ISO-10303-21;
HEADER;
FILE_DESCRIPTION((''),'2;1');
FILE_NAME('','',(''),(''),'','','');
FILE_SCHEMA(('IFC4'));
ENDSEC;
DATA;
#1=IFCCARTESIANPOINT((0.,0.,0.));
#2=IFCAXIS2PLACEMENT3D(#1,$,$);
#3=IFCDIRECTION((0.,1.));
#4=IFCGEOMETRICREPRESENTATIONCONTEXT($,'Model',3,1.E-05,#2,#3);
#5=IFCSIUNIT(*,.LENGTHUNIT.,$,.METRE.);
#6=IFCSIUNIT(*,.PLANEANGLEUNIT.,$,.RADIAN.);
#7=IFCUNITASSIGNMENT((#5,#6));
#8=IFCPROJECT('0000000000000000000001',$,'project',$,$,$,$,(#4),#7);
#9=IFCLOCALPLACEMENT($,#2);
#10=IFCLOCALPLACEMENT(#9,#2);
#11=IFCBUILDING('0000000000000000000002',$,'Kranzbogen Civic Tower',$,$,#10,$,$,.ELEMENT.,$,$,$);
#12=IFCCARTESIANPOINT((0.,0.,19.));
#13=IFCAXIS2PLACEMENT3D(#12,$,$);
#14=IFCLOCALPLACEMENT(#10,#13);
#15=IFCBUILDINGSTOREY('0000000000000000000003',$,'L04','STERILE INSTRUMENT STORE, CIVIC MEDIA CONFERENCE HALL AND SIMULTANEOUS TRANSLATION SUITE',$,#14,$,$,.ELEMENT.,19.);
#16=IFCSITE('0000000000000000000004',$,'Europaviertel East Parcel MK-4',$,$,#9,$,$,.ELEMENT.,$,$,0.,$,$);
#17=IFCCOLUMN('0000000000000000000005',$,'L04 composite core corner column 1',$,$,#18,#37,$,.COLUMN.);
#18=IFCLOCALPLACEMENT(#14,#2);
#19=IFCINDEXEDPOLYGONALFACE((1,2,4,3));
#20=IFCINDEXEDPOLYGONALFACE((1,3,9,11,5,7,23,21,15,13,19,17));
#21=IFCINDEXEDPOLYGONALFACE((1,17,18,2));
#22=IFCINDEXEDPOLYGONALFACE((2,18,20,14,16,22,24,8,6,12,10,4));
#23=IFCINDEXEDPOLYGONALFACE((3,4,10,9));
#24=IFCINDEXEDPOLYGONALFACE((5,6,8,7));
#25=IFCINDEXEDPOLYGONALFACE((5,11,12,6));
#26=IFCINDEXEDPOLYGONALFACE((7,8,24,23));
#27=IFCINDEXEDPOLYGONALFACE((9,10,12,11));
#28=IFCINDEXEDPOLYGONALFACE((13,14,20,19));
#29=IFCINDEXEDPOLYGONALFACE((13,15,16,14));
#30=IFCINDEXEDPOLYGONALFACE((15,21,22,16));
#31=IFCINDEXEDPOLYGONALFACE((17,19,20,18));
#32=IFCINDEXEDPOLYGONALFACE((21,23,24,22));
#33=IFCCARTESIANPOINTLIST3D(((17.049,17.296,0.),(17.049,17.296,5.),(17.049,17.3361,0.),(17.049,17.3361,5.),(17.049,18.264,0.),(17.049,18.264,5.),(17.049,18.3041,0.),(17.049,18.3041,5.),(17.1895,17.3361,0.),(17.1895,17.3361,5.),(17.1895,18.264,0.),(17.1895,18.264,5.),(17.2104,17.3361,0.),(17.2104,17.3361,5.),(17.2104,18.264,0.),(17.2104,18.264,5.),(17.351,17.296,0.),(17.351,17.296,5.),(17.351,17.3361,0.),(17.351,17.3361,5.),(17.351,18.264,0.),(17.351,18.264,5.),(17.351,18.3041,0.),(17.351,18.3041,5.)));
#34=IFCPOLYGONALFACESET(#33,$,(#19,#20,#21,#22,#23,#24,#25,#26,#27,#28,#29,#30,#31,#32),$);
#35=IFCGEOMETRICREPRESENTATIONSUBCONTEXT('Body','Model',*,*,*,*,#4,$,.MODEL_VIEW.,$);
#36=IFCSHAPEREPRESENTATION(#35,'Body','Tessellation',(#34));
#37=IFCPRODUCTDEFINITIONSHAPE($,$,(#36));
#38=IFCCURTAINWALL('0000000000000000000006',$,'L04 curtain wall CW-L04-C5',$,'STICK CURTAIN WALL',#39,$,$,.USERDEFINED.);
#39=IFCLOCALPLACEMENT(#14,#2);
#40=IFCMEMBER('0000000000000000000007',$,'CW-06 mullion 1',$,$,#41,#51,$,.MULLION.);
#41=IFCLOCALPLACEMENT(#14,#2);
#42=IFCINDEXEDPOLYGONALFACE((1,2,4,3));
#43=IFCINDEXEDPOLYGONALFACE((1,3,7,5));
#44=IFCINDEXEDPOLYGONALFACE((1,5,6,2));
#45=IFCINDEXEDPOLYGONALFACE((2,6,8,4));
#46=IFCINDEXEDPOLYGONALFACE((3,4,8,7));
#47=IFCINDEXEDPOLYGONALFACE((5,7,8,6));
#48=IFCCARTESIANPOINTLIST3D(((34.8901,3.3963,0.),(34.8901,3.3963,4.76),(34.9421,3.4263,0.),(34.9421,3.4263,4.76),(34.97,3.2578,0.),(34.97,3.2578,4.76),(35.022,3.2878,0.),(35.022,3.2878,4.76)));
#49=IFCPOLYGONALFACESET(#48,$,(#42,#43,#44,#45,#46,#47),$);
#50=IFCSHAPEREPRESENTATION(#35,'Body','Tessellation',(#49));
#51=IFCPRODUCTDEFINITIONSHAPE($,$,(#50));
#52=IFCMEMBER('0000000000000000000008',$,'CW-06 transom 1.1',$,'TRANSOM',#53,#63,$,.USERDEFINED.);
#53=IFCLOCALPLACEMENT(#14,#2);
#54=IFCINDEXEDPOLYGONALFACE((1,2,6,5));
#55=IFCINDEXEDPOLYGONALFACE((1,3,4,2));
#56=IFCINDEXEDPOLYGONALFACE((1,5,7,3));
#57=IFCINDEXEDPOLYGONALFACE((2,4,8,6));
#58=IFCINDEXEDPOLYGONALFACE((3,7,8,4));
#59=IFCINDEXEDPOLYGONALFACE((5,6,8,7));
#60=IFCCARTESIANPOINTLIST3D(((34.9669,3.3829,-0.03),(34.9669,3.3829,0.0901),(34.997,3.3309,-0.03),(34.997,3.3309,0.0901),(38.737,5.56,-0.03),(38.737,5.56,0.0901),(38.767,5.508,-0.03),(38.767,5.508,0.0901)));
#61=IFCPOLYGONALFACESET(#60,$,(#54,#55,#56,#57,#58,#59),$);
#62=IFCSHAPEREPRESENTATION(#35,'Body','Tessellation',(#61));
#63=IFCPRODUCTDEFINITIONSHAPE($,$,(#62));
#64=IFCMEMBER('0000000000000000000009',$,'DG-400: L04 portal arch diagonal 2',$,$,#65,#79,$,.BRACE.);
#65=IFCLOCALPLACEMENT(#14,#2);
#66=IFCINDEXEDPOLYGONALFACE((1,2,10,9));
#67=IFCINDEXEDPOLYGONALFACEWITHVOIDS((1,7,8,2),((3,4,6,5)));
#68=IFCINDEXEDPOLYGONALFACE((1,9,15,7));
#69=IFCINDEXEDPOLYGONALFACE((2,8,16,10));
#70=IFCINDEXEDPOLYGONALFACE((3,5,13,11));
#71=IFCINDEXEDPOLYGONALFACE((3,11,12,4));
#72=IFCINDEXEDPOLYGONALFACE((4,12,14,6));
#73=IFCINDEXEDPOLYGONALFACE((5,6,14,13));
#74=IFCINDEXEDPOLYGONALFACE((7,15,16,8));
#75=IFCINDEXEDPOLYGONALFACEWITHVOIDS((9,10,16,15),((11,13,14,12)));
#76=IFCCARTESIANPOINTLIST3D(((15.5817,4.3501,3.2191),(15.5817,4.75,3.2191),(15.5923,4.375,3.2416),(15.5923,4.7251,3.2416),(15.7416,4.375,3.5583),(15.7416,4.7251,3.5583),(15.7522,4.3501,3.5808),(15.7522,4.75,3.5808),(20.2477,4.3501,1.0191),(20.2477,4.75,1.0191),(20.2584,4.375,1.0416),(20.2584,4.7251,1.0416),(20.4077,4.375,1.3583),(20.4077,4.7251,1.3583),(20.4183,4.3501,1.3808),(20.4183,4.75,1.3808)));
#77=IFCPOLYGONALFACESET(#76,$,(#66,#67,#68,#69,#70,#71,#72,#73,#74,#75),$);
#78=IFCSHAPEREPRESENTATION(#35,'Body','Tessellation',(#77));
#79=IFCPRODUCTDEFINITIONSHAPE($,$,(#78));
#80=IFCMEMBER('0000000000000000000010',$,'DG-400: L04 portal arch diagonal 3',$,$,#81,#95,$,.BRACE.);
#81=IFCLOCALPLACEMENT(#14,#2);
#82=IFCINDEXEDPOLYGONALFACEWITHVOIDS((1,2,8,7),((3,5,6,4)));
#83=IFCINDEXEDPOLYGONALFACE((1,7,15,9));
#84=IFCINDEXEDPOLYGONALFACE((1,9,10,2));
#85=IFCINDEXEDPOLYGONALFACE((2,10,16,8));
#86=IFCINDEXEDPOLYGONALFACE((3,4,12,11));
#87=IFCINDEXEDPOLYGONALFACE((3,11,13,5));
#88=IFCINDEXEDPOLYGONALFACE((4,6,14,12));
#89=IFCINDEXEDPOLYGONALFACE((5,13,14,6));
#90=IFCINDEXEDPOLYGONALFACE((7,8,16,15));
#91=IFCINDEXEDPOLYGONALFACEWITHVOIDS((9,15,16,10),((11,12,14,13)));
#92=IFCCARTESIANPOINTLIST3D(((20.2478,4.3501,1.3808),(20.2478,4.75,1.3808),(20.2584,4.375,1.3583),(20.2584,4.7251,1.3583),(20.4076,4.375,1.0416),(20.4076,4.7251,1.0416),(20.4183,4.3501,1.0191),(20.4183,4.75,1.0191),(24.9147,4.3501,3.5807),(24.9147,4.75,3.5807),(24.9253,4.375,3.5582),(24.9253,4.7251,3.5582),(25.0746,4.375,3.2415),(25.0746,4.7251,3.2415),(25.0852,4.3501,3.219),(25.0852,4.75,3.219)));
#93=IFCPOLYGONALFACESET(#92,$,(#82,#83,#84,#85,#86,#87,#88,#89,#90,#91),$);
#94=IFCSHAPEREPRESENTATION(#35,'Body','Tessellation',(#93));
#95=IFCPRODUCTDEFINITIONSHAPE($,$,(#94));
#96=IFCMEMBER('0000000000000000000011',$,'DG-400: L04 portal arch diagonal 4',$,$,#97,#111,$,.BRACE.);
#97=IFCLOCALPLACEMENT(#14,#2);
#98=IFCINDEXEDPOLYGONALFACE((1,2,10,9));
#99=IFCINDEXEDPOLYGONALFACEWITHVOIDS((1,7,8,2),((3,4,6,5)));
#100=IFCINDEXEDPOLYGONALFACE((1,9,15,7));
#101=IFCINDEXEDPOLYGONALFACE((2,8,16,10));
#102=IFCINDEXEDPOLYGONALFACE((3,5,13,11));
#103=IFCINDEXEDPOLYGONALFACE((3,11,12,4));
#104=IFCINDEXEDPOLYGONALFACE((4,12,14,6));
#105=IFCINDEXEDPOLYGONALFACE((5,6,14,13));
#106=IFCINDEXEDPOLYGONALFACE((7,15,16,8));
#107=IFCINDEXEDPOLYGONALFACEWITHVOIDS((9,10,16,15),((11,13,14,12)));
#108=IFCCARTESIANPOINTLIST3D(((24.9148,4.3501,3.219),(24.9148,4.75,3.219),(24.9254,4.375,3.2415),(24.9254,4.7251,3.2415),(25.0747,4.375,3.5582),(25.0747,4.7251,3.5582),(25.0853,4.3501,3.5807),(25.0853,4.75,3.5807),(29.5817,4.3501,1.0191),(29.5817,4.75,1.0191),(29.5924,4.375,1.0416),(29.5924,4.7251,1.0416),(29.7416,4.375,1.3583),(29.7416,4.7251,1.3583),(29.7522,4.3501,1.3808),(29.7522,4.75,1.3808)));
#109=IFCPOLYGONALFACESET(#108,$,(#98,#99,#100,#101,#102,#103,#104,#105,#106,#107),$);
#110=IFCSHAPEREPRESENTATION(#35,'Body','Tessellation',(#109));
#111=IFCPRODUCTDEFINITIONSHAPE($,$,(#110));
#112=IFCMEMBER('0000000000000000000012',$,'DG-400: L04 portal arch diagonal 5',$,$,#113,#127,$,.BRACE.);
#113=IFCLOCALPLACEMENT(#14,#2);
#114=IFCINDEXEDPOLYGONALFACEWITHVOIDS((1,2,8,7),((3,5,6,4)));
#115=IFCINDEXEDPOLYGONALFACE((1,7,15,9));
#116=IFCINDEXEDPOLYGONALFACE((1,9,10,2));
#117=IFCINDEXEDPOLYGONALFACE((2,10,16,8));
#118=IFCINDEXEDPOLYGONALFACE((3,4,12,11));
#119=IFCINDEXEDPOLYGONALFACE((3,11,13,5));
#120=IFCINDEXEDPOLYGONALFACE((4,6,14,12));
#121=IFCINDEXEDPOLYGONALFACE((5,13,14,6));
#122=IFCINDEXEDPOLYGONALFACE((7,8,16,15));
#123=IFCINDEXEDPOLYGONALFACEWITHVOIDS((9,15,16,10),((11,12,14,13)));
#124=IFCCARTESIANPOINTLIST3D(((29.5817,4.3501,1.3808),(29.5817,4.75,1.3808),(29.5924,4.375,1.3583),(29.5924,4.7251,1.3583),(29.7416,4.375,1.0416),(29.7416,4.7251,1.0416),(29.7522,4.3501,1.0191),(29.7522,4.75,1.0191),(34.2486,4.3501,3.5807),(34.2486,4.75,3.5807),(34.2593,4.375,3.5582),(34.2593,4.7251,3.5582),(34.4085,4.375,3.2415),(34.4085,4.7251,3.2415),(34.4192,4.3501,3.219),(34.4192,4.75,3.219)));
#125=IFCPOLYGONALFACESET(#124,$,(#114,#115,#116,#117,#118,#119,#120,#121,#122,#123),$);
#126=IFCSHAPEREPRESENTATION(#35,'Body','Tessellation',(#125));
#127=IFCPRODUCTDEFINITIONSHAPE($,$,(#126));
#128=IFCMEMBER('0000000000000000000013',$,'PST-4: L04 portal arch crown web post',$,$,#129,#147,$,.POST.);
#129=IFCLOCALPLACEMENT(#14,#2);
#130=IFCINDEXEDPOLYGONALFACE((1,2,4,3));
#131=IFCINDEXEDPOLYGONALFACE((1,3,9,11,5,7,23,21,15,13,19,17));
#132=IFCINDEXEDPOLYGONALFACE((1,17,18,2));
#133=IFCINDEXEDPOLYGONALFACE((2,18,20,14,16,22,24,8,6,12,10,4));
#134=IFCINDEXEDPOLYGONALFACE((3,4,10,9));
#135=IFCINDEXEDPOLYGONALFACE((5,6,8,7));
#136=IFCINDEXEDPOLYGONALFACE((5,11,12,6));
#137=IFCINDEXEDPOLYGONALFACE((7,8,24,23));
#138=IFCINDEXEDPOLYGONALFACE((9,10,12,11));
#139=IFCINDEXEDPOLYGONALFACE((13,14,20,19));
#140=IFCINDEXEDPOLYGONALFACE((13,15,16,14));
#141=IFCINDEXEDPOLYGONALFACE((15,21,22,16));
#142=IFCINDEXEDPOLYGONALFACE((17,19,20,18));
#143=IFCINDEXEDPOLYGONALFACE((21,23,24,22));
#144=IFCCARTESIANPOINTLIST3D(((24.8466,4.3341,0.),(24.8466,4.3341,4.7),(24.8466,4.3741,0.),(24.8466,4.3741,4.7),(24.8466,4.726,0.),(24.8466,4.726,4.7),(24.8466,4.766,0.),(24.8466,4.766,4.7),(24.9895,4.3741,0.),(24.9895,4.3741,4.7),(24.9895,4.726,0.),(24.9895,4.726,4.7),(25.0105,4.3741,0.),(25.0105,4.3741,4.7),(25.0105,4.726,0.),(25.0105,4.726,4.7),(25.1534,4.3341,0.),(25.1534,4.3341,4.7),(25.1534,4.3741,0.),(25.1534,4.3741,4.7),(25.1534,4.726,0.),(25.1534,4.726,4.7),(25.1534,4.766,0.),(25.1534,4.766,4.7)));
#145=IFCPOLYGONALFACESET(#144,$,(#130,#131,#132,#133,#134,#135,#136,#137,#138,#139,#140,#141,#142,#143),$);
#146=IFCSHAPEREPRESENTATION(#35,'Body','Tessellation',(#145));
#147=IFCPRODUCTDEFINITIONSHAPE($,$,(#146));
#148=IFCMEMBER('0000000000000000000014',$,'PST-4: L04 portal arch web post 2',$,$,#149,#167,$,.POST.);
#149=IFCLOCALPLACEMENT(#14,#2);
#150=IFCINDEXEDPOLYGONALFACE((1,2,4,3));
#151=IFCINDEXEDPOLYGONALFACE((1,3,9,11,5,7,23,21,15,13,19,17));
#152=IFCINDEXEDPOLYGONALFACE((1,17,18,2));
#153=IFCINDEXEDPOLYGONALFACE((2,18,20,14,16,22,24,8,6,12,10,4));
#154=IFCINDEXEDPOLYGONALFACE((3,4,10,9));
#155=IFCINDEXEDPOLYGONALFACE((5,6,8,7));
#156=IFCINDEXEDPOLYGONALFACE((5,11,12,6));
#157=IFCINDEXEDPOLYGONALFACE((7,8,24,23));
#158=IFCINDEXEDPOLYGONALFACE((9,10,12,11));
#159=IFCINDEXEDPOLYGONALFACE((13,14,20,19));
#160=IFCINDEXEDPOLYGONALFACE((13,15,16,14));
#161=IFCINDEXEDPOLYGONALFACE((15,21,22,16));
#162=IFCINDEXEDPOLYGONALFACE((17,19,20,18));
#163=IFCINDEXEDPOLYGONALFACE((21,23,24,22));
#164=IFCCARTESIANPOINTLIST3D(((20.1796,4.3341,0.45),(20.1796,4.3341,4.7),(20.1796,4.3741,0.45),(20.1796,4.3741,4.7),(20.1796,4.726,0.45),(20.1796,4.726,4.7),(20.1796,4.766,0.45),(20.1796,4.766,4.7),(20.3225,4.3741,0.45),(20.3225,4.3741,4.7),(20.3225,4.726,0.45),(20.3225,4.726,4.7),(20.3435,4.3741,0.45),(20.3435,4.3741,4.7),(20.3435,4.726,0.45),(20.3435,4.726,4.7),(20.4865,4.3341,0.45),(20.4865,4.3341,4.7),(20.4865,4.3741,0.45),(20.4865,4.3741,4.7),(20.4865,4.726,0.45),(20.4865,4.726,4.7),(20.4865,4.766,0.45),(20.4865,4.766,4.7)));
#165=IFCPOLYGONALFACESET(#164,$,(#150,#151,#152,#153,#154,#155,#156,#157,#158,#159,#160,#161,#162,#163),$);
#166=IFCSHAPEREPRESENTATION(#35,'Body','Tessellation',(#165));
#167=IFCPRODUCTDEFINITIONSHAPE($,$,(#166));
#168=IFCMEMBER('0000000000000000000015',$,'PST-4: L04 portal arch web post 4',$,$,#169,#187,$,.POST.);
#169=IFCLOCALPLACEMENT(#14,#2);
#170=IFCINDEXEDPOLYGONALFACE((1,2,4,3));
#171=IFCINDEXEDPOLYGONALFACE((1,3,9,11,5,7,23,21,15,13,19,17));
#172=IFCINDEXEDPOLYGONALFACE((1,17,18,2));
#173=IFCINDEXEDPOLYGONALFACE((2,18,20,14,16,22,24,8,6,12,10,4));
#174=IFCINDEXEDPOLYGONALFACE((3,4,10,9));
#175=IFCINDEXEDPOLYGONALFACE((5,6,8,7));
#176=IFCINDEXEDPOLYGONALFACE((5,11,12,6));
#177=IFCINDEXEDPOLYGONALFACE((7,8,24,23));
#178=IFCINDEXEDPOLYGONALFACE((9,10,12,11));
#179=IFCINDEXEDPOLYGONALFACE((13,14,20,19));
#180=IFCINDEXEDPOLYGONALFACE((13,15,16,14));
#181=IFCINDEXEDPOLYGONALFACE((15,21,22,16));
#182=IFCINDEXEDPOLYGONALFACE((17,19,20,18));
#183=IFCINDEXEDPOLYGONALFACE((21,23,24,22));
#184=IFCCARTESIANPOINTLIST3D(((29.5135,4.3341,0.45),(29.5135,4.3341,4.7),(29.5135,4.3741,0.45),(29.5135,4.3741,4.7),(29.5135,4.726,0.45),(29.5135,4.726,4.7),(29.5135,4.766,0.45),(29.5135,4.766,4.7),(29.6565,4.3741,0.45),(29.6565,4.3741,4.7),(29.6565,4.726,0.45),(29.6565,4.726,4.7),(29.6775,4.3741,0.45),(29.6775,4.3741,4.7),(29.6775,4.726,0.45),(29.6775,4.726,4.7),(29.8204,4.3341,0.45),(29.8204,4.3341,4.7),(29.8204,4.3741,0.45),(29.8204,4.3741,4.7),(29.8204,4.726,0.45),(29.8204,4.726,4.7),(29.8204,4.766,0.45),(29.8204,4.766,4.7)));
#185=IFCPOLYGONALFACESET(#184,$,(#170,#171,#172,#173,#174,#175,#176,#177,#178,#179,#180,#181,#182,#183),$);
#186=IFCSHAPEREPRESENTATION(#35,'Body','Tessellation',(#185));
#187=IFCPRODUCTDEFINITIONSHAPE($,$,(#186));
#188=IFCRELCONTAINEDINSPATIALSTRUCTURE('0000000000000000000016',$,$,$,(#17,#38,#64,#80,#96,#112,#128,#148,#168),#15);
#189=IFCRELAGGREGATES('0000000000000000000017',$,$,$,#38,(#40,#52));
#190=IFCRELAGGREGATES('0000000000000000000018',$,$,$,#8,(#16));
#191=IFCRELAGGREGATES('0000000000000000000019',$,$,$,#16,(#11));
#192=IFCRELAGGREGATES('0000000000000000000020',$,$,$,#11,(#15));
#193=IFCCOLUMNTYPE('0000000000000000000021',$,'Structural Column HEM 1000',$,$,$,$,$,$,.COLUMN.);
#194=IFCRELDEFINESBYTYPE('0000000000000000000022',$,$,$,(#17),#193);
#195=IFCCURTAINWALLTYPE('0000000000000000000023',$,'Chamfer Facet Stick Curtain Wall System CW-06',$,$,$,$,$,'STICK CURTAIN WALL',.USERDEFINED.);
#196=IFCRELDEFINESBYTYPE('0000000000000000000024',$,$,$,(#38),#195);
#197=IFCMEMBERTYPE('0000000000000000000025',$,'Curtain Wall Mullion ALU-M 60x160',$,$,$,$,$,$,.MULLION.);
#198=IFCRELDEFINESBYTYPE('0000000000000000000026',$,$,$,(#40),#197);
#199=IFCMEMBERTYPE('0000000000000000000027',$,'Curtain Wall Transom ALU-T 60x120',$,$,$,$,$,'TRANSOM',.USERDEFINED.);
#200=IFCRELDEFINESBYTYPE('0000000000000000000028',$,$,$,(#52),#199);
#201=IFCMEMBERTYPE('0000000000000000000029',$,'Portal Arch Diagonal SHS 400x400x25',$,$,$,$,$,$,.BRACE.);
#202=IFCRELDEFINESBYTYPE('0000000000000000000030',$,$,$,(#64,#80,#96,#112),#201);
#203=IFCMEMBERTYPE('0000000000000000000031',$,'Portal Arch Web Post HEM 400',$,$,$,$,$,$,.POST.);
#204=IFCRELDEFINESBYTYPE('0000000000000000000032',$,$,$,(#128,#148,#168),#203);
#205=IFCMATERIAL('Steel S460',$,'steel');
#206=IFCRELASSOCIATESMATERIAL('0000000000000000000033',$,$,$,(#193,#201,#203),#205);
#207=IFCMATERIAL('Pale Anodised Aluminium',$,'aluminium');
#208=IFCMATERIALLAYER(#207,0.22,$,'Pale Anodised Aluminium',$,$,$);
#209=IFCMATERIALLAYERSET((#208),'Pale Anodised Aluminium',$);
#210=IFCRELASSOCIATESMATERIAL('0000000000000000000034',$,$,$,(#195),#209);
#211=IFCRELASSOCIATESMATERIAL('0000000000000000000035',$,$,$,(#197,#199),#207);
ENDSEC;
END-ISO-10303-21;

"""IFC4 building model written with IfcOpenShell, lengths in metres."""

from ifc_helpers import new_model, si_unit, direction, frame, origin, origin_2d, place, context, subcontext, project, spatial, rectangle, hollow_rectangle, i_section, extrude, material, layer, layer_set, material_profile, profile_set, type_object, element, aggregate, save


model = new_model("IFC4")

# Units and contexts
model_context = context("Model", 3, precision=1e-05, world=origin(), true_north=direction((0.0, 1.0)))
body_context = subcontext(model_context, "Body", "Model", "MODEL_VIEW")
ifc_project = project(units=[si_unit("LENGTHUNIT", "METRE"), si_unit("PLANEANGLEUNIT", "RADIAN")], contexts=[model_context])

# Site, building, storey
site_placement = place(None, origin())
site = spatial("IfcSite", under=ifc_project, at=site_placement, Name="Europaviertel East Parcel MK-4", CompositionType="ELEMENT", RefElevation=0.0)
building_placement = place(site_placement, origin())
building = spatial("IfcBuilding", under=site, at=building_placement, Name="Kranzbogen Civic Tower", CompositionType="ELEMENT")
storey_placement = place(building_placement, frame((0.0, 0.0, 19.0)))
storey = spatial("IfcBuildingStorey", under=building, at=storey_placement, Name="L04", Description="STERILE INSTRUMENT STORE, CIVIC MEDIA CONFERENCE HALL AND SIMULTANEOUS TRANSLATION SUITE", CompositionType="ELEMENT", Elevation=19.0)

# Column
ifc_material_1 = material(Name="Steel S460", Category="steel")
ifc_material_profile_1 = material_profile(ifc_material_1, i_section(OverallWidth=0.302, OverallDepth=1.0081, WebThickness=0.021, FlangeThickness=0.04, at=origin_2d()), Name="HEM 1000")
ifc_profile_set_1 = profile_set([ifc_material_profile_1], Name="Steel S460")
column_type = type_object("IfcColumnType", Name="Structural Column HEM 1000", PredefinedType="COLUMN", material=ifc_profile_set_1)
column_placement = place(storey_placement, frame((17.2, 17.8, 0.0), z_axis=(0.0, 0.0, 1.0), x_axis=(1.0, 0.0, 0.0)))
element("IfcColumn", 1, at=column_placement, inside=storey, type_object=column_type, Name="L04 composite core corner column 1", PredefinedType="COLUMN", context=body_context, shape_type="SweptSolid", body=[
    extrude(i_section(OverallWidth=0.302, OverallDepth=1.0081, WebThickness=0.021, FlangeThickness=0.04, at=origin_2d()), origin(), (0.0, 0.0, 1.0), 5.0),
])

# Curtain wall, members
ifc_material_2 = material(Name="Pale Anodised Aluminium", Category="aluminium")
ifc_layer_1 = layer(ifc_material_2, 0.22, Name="Pale Anodised Aluminium")
ifc_layer_set_1 = layer_set([ifc_layer_1], Name="Pale Anodised Aluminium")
curtain_wall_type = type_object("IfcCurtainWallType", Name="Chamfer Facet Stick Curtain Wall System CW-06", ElementType="STICK CURTAIN WALL", PredefinedType="USERDEFINED", material=ifc_layer_set_1)
curtain_wall_placement = place(storey_placement, origin())
curtain_wall = element("IfcCurtainWall", 2, at=curtain_wall_placement, inside=storey, type_object=curtain_wall_type, Name="L04 curtain wall CW-L04-C5", ObjectType="STICK CURTAIN WALL", PredefinedType="USERDEFINED")
ifc_material_profile_2 = material_profile(ifc_material_2, rectangle(XDim=0.0601, YDim=0.1599, at=origin_2d()), Name="ALU-M 60x160")
ifc_profile_set_2 = profile_set([ifc_material_profile_2], Name="Pale Anodised Aluminium")
member_type_1 = type_object("IfcMemberType", Name="Curtain Wall Mullion ALU-M 60x160", PredefinedType="MULLION", material=ifc_profile_set_2)
member_1_placement = place(storey_placement, frame((34.9561, 3.342, 0.0), z_axis=(0.0, 0.0, 1.0), x_axis=(0.865992, 0.500058, 0.0)))
member_1 = element("IfcMember", 3, at=member_1_placement, type_object=member_type_1, Name="CW-06 mullion 1", PredefinedType="MULLION", context=body_context, shape_type="SweptSolid", body=[
    extrude(rectangle(XDim=0.0601, YDim=0.1599, at=origin_2d()), origin(), (0.0, 0.0, 1.0), 4.76),
])
ifc_material_profile_3 = material_profile(ifc_material_2, rectangle(XDim=0.0601, YDim=0.1201, at=origin_2d()), Name="ALU-T 60x120")
ifc_profile_set_3 = profile_set([ifc_material_profile_3], Name="Pale Anodised Aluminium")
member_type_2 = type_object("IfcMemberType", Name="Curtain Wall Transom ALU-T 60x120", ElementType="TRANSOM", PredefinedType="USERDEFINED", material=ifc_profile_set_3)
member_2_placement = place(storey_placement, frame((34.9819, 3.3569, 0.03), z_axis=(0.865988, 0.500065, 0.0), x_axis=(-0.500065, 0.865988, 0.0)))
member_2 = element("IfcMember", 4, at=member_2_placement, type_object=member_type_2, Name="CW-06 transom 1.1", ObjectType="TRANSOM", PredefinedType="USERDEFINED", context=body_context, shape_type="SweptSolid", body=[
    extrude(rectangle(XDim=0.0601, YDim=0.1201, at=origin_2d()), origin(), (0.0, 0.0, 1.0), 4.3535),
])
aggregate(curtain_wall, [member_1, member_2])

# Members
ifc_material_profile_4 = material_profile(ifc_material_1, hollow_rectangle(XDim=0.3999, YDim=0.3999, WallThickness=0.0249, at=origin_2d()), Name="SHS 400x400x25")
ifc_profile_set_4 = profile_set([ifc_material_profile_4], Name="Steel S460")
member_type_3 = type_object("IfcMemberType", Name="Portal Arch Diagonal SHS 400x400x25", PredefinedType="BRACE", material=ifc_profile_set_4)
member_3_placement = place(storey_placement, frame((20.333, 4.55, 1.2), z_axis=(-0.904506, 0.0, 0.42646), x_axis=(0.0, -1.0, 0.0)))
element("IfcMember", 5, at=member_3_placement, inside=storey, type_object=member_type_3, Name="DG-400: L04 portal arch diagonal 2", PredefinedType="BRACE", context=body_context, shape_type="SweptSolid", body=[
    extrude(hollow_rectangle(XDim=0.3999, YDim=0.3999, WallThickness=0.0249, at=origin_2d()), origin(), (0.0, 0.0, 1.0), 5.1587),
])
for number, where, z_axis, x_axis, name in (
    (6, (20.333, 4.55, 1.2), (0.904541, 0.0, 0.426387), (0.0, 1.0, 0.0), "DG-400: L04 portal arch diagonal 3"),
    (7, (29.667, 4.55, 1.2), (-0.904541, 0.0, 0.426387), (0.0, -1.0, 0.0), "DG-400: L04 portal arch diagonal 4"),
    (8, (29.667, 4.55, 1.2), (0.904541, 0.0, 0.426387), (0.0, 1.0, 0.0), "DG-400: L04 portal arch diagonal 5"),
):
    element("IfcMember", number, at=place(storey_placement, frame(where, z_axis=z_axis, x_axis=x_axis)), inside=storey, type_object=member_type_3, Name=name, PredefinedType="BRACE", context=body_context, shape_type="SweptSolid", body=[
        extrude(hollow_rectangle(XDim=0.3999, YDim=0.3999, WallThickness=0.0249, at=origin_2d()), origin(), (0.0, 0.0, 1.0), 5.1594),
    ])
ifc_material_profile_5 = material_profile(ifc_material_1, i_section(OverallWidth=0.3069, OverallDepth=0.4319, WebThickness=0.021, FlangeThickness=0.04, at=origin_2d()), Name="HEM 400")
ifc_profile_set_5 = profile_set([ifc_material_profile_5], Name="Steel S460")
member_type_4 = type_object("IfcMemberType", Name="Portal Arch Web Post HEM 400", PredefinedType="POST", material=ifc_profile_set_5)
member_4_placement = place(storey_placement, frame((25.0, 4.55, 0.0), z_axis=(0.0, 0.0, 1.0), x_axis=(1.0, 0.0, 0.0)))
element("IfcMember", 9, at=member_4_placement, inside=storey, type_object=member_type_4, Name="PST-4: L04 portal arch crown web post", PredefinedType="POST", context=body_context, shape_type="SweptSolid", body=[
    extrude(i_section(OverallWidth=0.3069, OverallDepth=0.4319, WebThickness=0.021, FlangeThickness=0.04, at=origin_2d()), origin(), (0.0, 0.0, 1.0), 4.7),
])
for number, where, z_axis, x_axis, name in (
    (10, (20.333, 4.55, 0.45), (0.0, 0.0, 1.0), (1.0, 0.0, 0.0), "PST-4: L04 portal arch web post 2"),
    (11, (29.667, 4.55, 0.45), (0.0, 0.0, 1.0), (1.0, 0.0, 0.0), "PST-4: L04 portal arch web post 4"),
):
    element("IfcMember", number, at=place(storey_placement, frame(where, z_axis=z_axis, x_axis=x_axis)), inside=storey, type_object=member_type_4, Name=name, PredefinedType="POST", context=body_context, shape_type="SweptSolid", body=[
        extrude(i_section(OverallWidth=0.3069, OverallDepth=0.4319, WebThickness=0.021, FlangeThickness=0.04, at=origin_2d()), origin(), (0.0, 0.0, 1.0), 4.25),
    ])

save(model, "model.ifc")
